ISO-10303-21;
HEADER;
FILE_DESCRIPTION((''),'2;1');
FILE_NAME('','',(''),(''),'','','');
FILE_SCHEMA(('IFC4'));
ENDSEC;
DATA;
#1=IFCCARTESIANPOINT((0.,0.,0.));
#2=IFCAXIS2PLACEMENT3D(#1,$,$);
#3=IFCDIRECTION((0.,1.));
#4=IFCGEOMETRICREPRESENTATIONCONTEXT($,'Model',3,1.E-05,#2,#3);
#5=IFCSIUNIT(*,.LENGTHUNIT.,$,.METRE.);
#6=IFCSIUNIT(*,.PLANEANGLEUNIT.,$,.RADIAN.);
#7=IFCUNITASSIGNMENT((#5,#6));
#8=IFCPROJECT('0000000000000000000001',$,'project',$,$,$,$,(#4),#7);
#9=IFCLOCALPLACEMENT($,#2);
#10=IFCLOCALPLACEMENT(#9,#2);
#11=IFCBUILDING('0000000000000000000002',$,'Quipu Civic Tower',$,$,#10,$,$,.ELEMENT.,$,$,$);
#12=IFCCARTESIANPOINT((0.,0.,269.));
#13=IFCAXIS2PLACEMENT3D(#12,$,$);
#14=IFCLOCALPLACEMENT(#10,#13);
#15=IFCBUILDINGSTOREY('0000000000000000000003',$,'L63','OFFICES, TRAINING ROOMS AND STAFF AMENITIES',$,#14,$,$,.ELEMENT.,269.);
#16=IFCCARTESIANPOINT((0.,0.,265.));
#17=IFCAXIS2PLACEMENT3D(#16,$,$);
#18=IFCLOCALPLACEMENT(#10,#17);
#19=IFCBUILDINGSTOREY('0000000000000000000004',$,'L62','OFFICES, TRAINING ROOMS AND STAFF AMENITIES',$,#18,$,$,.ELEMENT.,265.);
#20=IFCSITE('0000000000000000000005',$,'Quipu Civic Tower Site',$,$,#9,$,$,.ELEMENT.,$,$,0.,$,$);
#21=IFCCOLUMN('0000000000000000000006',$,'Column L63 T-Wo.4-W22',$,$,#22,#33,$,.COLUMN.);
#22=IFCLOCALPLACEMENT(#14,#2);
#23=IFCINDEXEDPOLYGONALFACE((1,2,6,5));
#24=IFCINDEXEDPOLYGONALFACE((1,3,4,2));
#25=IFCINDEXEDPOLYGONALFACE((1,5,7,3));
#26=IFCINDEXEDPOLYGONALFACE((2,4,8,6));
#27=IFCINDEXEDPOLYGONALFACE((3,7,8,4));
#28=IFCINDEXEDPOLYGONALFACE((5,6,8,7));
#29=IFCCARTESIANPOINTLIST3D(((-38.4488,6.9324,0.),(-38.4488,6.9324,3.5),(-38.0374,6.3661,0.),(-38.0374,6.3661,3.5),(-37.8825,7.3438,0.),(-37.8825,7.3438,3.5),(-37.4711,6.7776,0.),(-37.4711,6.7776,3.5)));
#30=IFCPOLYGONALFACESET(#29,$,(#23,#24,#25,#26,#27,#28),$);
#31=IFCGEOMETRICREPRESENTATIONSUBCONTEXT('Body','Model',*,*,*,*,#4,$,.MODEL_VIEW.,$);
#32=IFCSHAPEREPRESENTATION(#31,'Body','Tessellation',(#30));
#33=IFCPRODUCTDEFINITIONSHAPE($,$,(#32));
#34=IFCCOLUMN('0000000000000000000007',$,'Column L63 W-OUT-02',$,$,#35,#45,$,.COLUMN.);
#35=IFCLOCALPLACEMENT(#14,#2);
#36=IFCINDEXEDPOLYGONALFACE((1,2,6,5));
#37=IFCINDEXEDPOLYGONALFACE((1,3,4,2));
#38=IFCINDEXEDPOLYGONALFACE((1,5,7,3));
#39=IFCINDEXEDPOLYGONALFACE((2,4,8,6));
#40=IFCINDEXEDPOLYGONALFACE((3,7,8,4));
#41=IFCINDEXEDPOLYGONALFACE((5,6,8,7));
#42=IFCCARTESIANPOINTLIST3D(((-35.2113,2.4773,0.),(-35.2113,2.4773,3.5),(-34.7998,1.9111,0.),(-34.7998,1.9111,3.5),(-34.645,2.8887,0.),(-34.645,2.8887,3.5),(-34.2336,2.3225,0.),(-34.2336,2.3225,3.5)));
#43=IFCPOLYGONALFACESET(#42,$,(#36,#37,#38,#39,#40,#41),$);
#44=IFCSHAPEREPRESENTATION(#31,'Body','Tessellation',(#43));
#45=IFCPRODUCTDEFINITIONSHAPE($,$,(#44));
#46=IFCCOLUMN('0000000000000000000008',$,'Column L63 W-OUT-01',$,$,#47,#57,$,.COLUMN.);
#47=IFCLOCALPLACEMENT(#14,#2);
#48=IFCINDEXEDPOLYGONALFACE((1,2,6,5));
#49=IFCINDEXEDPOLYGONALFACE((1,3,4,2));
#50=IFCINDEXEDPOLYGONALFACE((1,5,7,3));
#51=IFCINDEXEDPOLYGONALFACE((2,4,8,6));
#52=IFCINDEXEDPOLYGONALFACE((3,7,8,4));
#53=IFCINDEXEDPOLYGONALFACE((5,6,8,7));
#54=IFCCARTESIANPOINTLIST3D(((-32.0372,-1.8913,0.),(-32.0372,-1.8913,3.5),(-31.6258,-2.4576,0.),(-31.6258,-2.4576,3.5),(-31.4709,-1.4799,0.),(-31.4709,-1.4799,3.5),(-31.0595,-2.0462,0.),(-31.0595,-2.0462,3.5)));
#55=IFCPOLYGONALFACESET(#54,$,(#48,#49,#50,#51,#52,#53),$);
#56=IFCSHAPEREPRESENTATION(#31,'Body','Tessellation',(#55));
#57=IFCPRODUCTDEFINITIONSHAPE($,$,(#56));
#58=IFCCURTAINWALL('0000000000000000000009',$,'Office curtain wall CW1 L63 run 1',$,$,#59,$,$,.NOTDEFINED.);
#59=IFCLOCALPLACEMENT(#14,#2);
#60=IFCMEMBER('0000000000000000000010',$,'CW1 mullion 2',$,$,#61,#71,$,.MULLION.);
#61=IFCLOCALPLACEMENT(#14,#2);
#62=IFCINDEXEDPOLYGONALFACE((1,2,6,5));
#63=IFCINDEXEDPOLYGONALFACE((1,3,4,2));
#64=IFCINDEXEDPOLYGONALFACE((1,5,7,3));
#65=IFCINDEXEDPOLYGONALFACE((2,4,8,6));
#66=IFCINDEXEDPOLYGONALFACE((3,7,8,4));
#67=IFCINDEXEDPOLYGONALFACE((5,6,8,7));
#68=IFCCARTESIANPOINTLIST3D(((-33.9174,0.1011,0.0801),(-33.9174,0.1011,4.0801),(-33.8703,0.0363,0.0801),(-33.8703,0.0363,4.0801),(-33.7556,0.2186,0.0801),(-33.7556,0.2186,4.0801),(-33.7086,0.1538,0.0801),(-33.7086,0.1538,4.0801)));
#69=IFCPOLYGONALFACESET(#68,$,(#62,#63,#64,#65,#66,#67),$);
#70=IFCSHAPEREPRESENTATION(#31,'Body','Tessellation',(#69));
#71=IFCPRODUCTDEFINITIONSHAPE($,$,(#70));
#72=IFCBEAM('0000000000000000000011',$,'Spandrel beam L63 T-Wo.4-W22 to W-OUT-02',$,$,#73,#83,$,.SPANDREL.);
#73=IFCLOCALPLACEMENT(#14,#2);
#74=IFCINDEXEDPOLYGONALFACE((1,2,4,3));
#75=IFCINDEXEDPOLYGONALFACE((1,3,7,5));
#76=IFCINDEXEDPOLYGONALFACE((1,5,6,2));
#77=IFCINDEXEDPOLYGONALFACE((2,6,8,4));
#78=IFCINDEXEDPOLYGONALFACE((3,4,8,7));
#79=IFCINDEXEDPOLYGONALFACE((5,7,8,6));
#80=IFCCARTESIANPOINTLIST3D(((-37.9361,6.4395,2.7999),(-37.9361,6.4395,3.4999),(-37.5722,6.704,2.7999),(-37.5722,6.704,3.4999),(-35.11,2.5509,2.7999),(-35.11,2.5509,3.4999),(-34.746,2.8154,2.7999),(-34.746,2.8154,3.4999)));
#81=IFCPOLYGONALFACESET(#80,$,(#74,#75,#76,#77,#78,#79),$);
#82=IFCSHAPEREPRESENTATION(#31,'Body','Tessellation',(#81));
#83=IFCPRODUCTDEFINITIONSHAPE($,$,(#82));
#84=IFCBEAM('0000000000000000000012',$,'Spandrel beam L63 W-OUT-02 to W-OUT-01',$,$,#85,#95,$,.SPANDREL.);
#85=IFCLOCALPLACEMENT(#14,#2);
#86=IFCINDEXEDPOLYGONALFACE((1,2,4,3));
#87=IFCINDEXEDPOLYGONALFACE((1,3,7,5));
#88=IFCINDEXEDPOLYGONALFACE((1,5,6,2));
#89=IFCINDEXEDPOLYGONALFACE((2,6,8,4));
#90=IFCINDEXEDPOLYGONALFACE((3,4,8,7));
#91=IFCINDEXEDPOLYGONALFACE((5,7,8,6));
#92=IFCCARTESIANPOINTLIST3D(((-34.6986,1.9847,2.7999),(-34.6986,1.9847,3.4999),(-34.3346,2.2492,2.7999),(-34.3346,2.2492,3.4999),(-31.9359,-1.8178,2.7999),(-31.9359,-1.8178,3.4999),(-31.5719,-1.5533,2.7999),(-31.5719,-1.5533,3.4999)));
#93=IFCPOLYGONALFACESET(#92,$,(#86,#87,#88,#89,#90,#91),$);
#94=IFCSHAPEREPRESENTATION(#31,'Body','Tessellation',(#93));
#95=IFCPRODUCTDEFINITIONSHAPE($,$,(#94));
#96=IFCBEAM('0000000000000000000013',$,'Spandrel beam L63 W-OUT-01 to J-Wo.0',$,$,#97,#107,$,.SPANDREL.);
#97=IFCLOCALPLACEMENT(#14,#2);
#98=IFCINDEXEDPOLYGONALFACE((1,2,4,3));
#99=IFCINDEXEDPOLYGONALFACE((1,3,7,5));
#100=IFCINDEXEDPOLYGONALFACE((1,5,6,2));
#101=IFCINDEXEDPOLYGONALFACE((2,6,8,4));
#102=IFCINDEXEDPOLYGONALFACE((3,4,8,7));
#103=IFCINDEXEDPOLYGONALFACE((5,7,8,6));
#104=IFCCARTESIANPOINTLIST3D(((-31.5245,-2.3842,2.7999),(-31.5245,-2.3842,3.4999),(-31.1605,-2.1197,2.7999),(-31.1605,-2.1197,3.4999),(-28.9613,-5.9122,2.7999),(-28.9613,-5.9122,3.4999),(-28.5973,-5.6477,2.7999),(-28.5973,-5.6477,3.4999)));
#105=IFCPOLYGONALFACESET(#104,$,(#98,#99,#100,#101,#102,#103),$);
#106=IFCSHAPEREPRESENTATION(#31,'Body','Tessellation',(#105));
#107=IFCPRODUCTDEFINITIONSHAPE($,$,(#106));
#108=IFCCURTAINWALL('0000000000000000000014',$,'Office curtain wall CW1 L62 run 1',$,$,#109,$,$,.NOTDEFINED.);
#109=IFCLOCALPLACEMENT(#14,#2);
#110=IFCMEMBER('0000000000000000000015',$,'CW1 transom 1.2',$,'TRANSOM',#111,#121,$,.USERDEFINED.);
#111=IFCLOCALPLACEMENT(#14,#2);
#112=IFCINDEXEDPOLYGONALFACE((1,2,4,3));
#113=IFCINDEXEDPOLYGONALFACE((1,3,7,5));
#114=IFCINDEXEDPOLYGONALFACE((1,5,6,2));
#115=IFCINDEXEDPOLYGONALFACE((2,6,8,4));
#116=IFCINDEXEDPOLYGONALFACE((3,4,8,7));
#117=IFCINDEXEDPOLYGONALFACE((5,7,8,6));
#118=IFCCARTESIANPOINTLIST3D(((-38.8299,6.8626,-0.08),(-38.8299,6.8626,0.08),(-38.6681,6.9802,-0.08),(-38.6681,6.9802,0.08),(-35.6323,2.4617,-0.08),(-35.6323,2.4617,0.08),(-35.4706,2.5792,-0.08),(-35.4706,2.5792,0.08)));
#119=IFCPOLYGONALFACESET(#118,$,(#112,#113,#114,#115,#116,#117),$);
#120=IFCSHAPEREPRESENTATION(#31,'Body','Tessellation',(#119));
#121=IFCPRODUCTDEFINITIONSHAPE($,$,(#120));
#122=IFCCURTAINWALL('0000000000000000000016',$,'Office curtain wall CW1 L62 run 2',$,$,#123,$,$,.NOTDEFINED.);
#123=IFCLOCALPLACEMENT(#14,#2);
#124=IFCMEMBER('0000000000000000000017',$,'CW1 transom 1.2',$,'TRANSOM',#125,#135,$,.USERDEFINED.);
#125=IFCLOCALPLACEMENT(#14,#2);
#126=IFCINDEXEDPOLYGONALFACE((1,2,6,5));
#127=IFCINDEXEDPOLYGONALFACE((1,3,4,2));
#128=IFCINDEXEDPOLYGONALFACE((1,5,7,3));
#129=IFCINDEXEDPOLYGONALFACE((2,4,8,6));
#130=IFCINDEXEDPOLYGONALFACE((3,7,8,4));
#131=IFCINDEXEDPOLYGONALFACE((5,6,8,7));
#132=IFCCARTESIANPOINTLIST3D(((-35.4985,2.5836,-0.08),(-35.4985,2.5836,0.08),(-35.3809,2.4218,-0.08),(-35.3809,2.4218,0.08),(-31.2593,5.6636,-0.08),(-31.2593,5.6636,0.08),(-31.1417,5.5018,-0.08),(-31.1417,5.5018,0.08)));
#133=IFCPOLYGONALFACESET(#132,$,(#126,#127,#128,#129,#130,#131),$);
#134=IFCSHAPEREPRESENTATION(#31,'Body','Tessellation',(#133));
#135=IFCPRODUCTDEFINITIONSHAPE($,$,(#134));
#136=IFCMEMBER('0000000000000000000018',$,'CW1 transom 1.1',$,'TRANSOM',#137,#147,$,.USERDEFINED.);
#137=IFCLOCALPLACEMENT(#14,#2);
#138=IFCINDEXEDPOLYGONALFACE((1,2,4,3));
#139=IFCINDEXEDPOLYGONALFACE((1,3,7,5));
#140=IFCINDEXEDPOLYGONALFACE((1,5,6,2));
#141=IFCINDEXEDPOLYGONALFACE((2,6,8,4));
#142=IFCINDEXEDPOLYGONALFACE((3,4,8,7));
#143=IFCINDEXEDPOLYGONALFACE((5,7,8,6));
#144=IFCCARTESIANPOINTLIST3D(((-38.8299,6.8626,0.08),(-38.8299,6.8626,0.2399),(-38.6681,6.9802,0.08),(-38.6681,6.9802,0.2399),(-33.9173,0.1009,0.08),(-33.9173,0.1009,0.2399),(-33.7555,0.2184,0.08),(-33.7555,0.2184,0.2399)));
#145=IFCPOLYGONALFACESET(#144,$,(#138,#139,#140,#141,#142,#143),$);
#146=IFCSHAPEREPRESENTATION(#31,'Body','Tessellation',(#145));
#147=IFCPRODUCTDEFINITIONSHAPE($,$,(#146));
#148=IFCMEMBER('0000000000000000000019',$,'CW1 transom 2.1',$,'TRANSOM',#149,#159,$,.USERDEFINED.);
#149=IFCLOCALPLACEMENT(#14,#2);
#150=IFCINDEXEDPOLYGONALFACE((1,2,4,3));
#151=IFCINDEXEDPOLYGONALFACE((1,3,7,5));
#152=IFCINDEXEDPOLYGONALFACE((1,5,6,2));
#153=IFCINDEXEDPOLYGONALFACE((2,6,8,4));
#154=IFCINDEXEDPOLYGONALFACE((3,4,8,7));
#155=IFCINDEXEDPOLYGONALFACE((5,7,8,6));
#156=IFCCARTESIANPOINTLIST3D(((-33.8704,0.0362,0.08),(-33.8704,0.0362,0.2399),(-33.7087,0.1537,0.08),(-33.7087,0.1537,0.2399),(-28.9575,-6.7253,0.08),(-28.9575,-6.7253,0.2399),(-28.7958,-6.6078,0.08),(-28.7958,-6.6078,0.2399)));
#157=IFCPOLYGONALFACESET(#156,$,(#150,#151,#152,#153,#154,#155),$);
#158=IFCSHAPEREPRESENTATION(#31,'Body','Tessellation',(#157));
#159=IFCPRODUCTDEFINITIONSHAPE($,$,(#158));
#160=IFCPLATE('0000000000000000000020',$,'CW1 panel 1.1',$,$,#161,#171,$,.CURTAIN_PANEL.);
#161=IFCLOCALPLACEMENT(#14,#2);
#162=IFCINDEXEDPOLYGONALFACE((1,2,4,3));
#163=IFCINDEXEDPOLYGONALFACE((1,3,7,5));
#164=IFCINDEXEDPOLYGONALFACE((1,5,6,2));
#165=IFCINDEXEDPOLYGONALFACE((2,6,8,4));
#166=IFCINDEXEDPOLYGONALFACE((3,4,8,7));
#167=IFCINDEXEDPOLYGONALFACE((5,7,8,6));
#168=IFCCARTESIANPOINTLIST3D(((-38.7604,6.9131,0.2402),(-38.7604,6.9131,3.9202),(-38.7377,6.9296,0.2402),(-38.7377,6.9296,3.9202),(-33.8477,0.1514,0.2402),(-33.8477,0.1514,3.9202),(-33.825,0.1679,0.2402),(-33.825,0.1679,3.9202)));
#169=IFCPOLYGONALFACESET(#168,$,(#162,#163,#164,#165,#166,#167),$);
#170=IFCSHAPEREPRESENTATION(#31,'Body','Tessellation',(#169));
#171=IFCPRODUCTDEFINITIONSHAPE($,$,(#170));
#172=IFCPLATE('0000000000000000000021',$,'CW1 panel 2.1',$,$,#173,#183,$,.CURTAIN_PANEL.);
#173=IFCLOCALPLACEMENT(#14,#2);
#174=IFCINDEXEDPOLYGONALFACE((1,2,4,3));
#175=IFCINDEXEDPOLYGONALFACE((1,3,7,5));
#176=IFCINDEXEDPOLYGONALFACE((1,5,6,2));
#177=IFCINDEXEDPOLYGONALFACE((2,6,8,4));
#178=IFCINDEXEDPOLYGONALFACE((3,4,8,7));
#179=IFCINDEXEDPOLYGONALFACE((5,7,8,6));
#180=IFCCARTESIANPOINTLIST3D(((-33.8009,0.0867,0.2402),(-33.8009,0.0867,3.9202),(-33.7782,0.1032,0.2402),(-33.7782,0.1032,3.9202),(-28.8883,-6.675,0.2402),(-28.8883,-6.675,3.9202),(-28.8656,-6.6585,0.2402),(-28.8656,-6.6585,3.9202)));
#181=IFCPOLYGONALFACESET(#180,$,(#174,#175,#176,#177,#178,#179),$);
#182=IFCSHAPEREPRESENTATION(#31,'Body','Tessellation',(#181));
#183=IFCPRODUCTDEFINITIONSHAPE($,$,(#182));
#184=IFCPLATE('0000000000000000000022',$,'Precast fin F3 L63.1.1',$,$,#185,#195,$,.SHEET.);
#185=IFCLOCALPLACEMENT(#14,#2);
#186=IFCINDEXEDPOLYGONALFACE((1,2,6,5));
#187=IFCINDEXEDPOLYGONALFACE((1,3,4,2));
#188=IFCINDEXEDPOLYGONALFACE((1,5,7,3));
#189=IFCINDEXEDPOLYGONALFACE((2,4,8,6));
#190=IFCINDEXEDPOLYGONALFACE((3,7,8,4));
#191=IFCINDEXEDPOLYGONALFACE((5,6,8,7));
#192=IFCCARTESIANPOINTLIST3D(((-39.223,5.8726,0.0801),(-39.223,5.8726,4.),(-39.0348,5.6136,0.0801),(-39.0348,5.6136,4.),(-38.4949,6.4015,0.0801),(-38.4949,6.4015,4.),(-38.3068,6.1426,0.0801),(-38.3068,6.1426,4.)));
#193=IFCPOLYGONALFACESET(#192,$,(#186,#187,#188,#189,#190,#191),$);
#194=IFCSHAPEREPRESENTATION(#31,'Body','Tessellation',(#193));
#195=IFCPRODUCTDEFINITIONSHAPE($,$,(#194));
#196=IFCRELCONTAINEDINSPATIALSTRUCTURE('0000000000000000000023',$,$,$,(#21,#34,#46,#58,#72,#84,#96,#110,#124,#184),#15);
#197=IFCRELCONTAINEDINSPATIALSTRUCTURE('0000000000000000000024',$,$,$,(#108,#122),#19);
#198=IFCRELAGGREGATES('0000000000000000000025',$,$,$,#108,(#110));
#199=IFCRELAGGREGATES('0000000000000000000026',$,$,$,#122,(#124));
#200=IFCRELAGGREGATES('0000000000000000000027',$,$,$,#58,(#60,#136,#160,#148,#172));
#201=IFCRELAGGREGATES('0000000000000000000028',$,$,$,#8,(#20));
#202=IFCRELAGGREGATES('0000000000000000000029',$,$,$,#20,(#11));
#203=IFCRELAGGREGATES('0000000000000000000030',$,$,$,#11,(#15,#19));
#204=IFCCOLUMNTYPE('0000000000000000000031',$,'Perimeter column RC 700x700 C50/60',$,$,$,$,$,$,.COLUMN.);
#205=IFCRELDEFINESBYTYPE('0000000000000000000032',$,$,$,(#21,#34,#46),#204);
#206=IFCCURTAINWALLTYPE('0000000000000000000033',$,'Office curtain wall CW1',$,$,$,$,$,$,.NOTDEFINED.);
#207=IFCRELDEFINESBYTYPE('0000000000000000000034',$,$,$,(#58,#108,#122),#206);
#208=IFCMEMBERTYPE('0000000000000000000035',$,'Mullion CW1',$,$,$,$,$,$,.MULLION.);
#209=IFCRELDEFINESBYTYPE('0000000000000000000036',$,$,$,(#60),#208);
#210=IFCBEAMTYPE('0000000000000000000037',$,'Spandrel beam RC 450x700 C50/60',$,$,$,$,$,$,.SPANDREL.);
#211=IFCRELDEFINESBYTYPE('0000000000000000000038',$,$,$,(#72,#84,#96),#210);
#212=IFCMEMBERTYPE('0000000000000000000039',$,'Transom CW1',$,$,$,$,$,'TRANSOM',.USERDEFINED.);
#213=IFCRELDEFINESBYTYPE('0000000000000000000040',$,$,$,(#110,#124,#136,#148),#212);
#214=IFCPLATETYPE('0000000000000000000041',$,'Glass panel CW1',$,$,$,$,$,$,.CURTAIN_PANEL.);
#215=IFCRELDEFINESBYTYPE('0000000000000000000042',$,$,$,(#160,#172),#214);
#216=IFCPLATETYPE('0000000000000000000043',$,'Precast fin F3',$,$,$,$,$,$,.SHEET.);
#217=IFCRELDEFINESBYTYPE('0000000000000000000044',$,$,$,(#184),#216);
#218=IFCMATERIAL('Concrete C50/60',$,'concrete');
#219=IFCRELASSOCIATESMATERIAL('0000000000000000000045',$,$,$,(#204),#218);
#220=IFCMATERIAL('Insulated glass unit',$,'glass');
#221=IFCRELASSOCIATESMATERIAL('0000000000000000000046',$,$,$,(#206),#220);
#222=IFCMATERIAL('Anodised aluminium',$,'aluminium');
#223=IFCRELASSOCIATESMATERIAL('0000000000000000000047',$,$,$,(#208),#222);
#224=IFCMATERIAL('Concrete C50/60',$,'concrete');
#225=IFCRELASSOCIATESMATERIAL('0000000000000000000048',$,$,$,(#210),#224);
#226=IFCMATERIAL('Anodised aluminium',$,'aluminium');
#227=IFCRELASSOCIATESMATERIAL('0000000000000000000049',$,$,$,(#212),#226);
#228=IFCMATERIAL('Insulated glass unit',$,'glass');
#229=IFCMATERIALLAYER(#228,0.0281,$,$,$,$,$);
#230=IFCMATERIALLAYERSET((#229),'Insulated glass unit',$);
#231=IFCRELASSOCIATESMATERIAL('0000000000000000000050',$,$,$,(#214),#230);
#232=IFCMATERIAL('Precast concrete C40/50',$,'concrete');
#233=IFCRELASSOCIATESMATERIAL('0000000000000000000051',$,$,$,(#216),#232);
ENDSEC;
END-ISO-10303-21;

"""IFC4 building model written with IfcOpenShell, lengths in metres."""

from ifc_helpers import new_model, si_unit, direction, frame, origin, origin_2d, place, context, subcontext, project, spatial, rectangle, extrude, material, layer, layer_set, material_profile, profile_set, type_object, element, aggregate, save


model = new_model("IFC4")

# Units and contexts
model_context = context("Model", 3, precision=1e-05, world=origin(), true_north=direction((0.0, 1.0)))
body_context = subcontext(model_context, "Body", "Model", "MODEL_VIEW")
ifc_project = project(units=[si_unit("LENGTHUNIT", "METRE"), si_unit("PLANEANGLEUNIT", "RADIAN")], contexts=[model_context])

# Site, building, storey
site_placement = place(None, origin())
site = spatial("IfcSite", under=ifc_project, at=site_placement, Name="Quipu Civic Tower Site", CompositionType="ELEMENT", RefElevation=0.0)
building_placement = place(site_placement, origin())
building = spatial("IfcBuilding", under=site, at=building_placement, Name="Quipu Civic Tower", CompositionType="ELEMENT")
storey_1_placement = place(building_placement, frame((0.0, 0.0, 269.0)))
storey_1 = spatial("IfcBuildingStorey", under=building, at=storey_1_placement, Name="L63", Description="OFFICES, TRAINING ROOMS AND STAFF AMENITIES", CompositionType="ELEMENT", Elevation=269.0)

# Columns
ifc_material_1 = material(Name="Concrete C50/60", Category="concrete")
ifc_material_profile_1 = material_profile(ifc_material_1, rectangle(XDim=0.7, YDim=0.7, at=origin_2d()), Name="RC700x700")
ifc_profile_set_1 = profile_set([ifc_material_profile_1], Name="Concrete C50/60")
column_type = type_object("IfcColumnType", Name="Perimeter column RC 700x700 C50/60", PredefinedType="COLUMN", material=ifc_profile_set_1)
for number, where, z_axis, x_axis, name in (
    (1, (-37.96, 6.855, 0.0), (0.0, 0.0, 1.0), (0.587785, -0.809017, 0.0), "Column L63 T-Wo.4-W22"),
    (2, (-34.7224, 2.3999, 0.0), (0.0, 0.0, 1.0), (0.587785, -0.809017, 0.0), "Column L63 W-OUT-02"),
    (3, (-31.5483, -1.9688, 0.0), (0.0, 0.0, 1.0), (0.587785, -0.809017, 0.0), "Column L63 W-OUT-01"),
):
    element("IfcColumn", number, at=place(storey_1_placement, frame(where, z_axis=z_axis, x_axis=x_axis)), inside=storey_1, type_object=column_type, Name=name, PredefinedType="COLUMN", context=body_context, shape_type="SweptSolid", body=[
        extrude(rectangle(XDim=0.7, YDim=0.7, at=origin_2d()), origin(), (0.0, 0.0, 1.0), 3.5),
    ])

# Curtain wall, member
ifc_material_2 = material(Name="Insulated glass unit", Category="glass")
curtain_wall_type = type_object("IfcCurtainWallType", Name="Office curtain wall CW1", PredefinedType="NOTDEFINED", material=ifc_material_2)
curtain_wall_1_placement = place(storey_1_placement, origin())
curtain_wall_1 = element("IfcCurtainWall", 4, at=curtain_wall_1_placement, inside=storey_1, type_object=curtain_wall_type, Name="Office curtain wall CW1 L63 run 1", PredefinedType="NOTDEFINED")
ifc_material_3 = material(Name="Anodised aluminium", Category="aluminium")
ifc_material_profile_2 = material_profile(ifc_material_3, rectangle(XDim=0.2, YDim=0.0801, at=origin_2d()), Name="RECT 200x80")
ifc_profile_set_2 = profile_set([ifc_material_profile_2], Name="Anodised aluminium")
member_type_1 = type_object("IfcMemberType", Name="Mullion CW1", PredefinedType="MULLION", material=ifc_profile_set_2)
member_1_placement = place(storey_1_placement, frame((-33.813, 0.1274, 0.0801), z_axis=(0.0, 0.0, 1.0), x_axis=(0.809016, 0.587786, 0.0)))
member_1 = element("IfcMember", 5, at=member_1_placement, type_object=member_type_1, Name="CW1 mullion 2", PredefinedType="MULLION", context=body_context, shape_type="SweptSolid", body=[
    extrude(rectangle(XDim=0.2, YDim=0.0801, at=origin_2d()), origin(), (0.0, 0.0, 1.0), 4.0),
])

# Beams
ifc_material_4 = material(Name="Concrete C50/60", Category="concrete")
ifc_material_profile_3 = material_profile(ifc_material_4, rectangle(XDim=0.45, YDim=0.7, at=origin_2d()), Name="RC450x700")
ifc_profile_set_3 = profile_set([ifc_material_profile_3], Name="Concrete C50/60")
beam_type = type_object("IfcBeamType", Name="Spandrel beam RC 450x700 C50/60", PredefinedType="SPANDREL", material=ifc_profile_set_3)
beam_1_placement = place(storey_1_placement, frame((-37.7542, 6.5718, 3.1499), z_axis=(0.587906, -0.808929, 0.0), x_axis=(0.808929, 0.587906, 0.0)))
element("IfcBeam", 6, at=beam_1_placement, inside=storey_1, type_object=beam_type, Name="Spandrel beam L63 T-Wo.4-W22 to W-OUT-02", PredefinedType="SPANDREL", context=body_context, shape_type="SweptSolid", body=[
    extrude(rectangle(XDim=0.45, YDim=0.7, at=origin_2d()), origin(), (0.0, 0.0, 1.0), 4.8071),
])
beam_2_placement = place(storey_1_placement, frame((-34.5166, 2.1169, 3.1499), z_axis=(0.587789, -0.809015, 0.0), x_axis=(0.809015, 0.587789, 0.0)))
element("IfcBeam", 7, at=beam_2_placement, inside=storey_1, type_object=beam_type, Name="Spandrel beam L63 W-OUT-02 to W-OUT-01", PredefinedType="SPANDREL", context=body_context, shape_type="SweptSolid", body=[
    extrude(rectangle(XDim=0.45, YDim=0.7, at=origin_2d()), origin(), (0.0, 0.0, 1.0), 4.7002),
])
beam_3_placement = place(storey_1_placement, frame((-31.3425, -2.252, 3.1499), z_axis=(0.587776, -0.809024, 0.0), x_axis=(0.809024, 0.587776, 0.0)))
element("IfcBeam", 8, at=beam_3_placement, inside=storey_1, type_object=beam_type, Name="Spandrel beam L63 W-OUT-01 to J-Wo.0", PredefinedType="SPANDREL", context=body_context, shape_type="SweptSolid", body=[
    extrude(rectangle(XDim=0.45, YDim=0.7, at=origin_2d()), origin(), (0.0, 0.0, 1.0), 4.3608),
])

# Shared definitions
storey_2_placement = place(building_placement, frame((0.0, 0.0, 265.0)))
storey_2 = spatial("IfcBuildingStorey", under=building, at=storey_2_placement, Name="L62", Description="OFFICES, TRAINING ROOMS AND STAFF AMENITIES", CompositionType="ELEMENT", Elevation=265.0)

# Curtain walls, members
curtain_wall_2_placement = place(storey_2_placement, origin())
curtain_wall_2 = element("IfcCurtainWall", 9, at=curtain_wall_2_placement, inside=storey_2, type_object=curtain_wall_type, Name="Office curtain wall CW1 L62 run 1", PredefinedType="NOTDEFINED")
ifc_material_5 = material(Name="Anodised aluminium", Category="aluminium")
ifc_material_profile_4 = material_profile(ifc_material_5, rectangle(XDim=0.2, YDim=0.1599, at=origin_2d()), Name="RECT 200x160")
ifc_profile_set_4 = profile_set([ifc_material_profile_4], Name="Anodised aluminium")
member_type_2 = type_object("IfcMemberType", Name="Transom CW1", ElementType="TRANSOM", PredefinedType="USERDEFINED", material=ifc_profile_set_4)
member_2_placement = place(storey_1_placement, frame((-38.749, 6.9214, 0.0), z_axis=(0.587795, -0.80901, 0.0), x_axis=(0.80901, 0.587795, 0.0)))
member_2 = element("IfcMember", 10, at=member_2_placement, inside=storey_1, type_object=member_type_2, Name="CW1 transom 1.2", ObjectType="TRANSOM", PredefinedType="USERDEFINED", context=body_context, shape_type="SweptSolid", body=[
    extrude(rectangle(XDim=0.2, YDim=0.1599, at=origin_2d()), origin(), (0.0, 0.0, 1.0), 5.4399),
])
aggregate(curtain_wall_2, [member_2])
curtain_wall_3_placement = place(storey_2_placement, origin())
curtain_wall_3 = element("IfcCurtainWall", 11, at=curtain_wall_3_placement, inside=storey_2, type_object=curtain_wall_type, Name="Office curtain wall CW1 L62 run 2", PredefinedType="NOTDEFINED")
member_3_placement = place(storey_1_placement, frame((-35.4397, 2.5027, 0.0), z_axis=(0.80901, 0.587795, 0.0), x_axis=(-0.587795, 0.80901, 0.0)))
member_3 = element("IfcMember", 12, at=member_3_placement, inside=storey_1, type_object=member_type_2, Name="CW1 transom 1.2", ObjectType="TRANSOM", PredefinedType="USERDEFINED", context=body_context, shape_type="SweptSolid", body=[
    extrude(rectangle(XDim=0.2, YDim=0.1599, at=origin_2d()), origin(), (0.0, 0.0, 1.0), 5.24),
])
aggregate(curtain_wall_3, [member_3])

# Members
member_4_placement = place(storey_1_placement, frame((-38.749, 6.9214, 0.1599), z_axis=(0.587779, -0.809021, 0.0), x_axis=(0.809021, 0.587779, 0.0)))
member_4 = element("IfcMember", 13, at=member_4_placement, type_object=member_type_2, Name="CW1 transom 1.1", ObjectType="TRANSOM", PredefinedType="USERDEFINED", context=body_context, shape_type="SweptSolid", body=[
    extrude(rectangle(XDim=0.2, YDim=0.1599, at=origin_2d()), origin(), (0.0, 0.0, 1.0), 8.3579),
])
member_5_placement = place(storey_1_placement, frame((-33.7896, 0.095, 0.1599), z_axis=(0.587812, -0.808997, 0.0), x_axis=(0.808997, 0.587812, 0.0)))
member_5 = element("IfcMember", 14, at=member_5_placement, type_object=member_type_2, Name="CW1 transom 2.1", ObjectType="TRANSOM", PredefinedType="USERDEFINED", context=body_context, shape_type="SweptSolid", body=[
    extrude(rectangle(XDim=0.2, YDim=0.1599, at=origin_2d()), origin(), (0.0, 0.0, 1.0), 8.3579),
])

# Plates
ifc_material_6 = material(Name="Insulated glass unit", Category="glass")
ifc_layer = layer(ifc_material_6, 0.0281)
ifc_layer_set = layer_set([ifc_layer], Name="Insulated glass unit")
plate_type_1 = type_object("IfcPlateType", Name="Glass panel CW1", PredefinedType="CURTAIN_PANEL", material=ifc_layer_set)
plate_1_placement = place(storey_1_placement, frame((-36.2927, 3.5405, 0.2402), z_axis=(0.0, 0.0, 1.0), x_axis=(0.587786, -0.809016, 0.0)))
plate_1 = element("IfcPlate", 15, at=plate_1_placement, type_object=plate_type_1, Name="CW1 panel 1.1", PredefinedType="CURTAIN_PANEL", context=body_context, shape_type="SweptSolid", body=[
    extrude(rectangle(XDim=8.3579, YDim=0.0281, at=origin_2d()), origin(), (0.0, 0.0, 1.0), 3.6799),
])
plate_2_placement = place(storey_1_placement, frame((-31.3333, -3.2859, 0.2402), z_axis=(0.0, 0.0, 1.0), x_axis=(0.587786, -0.809016, 0.0)))
plate_2 = element("IfcPlate", 16, at=plate_2_placement, type_object=plate_type_1, Name="CW1 panel 2.1", PredefinedType="CURTAIN_PANEL", context=body_context, shape_type="SweptSolid", body=[
    extrude(rectangle(XDim=8.3579, YDim=0.0281, at=origin_2d()), origin(), (0.0, 0.0, 1.0), 3.6799),
])
aggregate(curtain_wall_1, [member_1, member_4, plate_1, member_5, plate_2])

# Plate
ifc_material_7 = material(Name="Precast concrete C40/50", Category="concrete")
plate_type_2 = type_object("IfcPlateType", Name="Precast fin F3", PredefinedType="SHEET", material=ifc_material_7)
for number, where, z_axis, x_axis, name in (
    (17, (-38.7649, 6.0076, 0.0801), (0.0, 0.0, 1.0), (0.587787, -0.809016, 0.0), "Precast fin F3 L63.1.1"),
):
    element("IfcPlate", number, at=place(storey_1_placement, frame(where, z_axis=z_axis, x_axis=x_axis)), inside=storey_1, type_object=plate_type_2, Name=name, PredefinedType="SHEET", context=body_context, shape_type="SweptSolid", body=[
        extrude(rectangle(XDim=0.3201, YDim=0.8999, at=origin_2d()), origin(), (0.0, 0.0, 1.0), 3.9199),
    ])

save(model, "model.ifc")
